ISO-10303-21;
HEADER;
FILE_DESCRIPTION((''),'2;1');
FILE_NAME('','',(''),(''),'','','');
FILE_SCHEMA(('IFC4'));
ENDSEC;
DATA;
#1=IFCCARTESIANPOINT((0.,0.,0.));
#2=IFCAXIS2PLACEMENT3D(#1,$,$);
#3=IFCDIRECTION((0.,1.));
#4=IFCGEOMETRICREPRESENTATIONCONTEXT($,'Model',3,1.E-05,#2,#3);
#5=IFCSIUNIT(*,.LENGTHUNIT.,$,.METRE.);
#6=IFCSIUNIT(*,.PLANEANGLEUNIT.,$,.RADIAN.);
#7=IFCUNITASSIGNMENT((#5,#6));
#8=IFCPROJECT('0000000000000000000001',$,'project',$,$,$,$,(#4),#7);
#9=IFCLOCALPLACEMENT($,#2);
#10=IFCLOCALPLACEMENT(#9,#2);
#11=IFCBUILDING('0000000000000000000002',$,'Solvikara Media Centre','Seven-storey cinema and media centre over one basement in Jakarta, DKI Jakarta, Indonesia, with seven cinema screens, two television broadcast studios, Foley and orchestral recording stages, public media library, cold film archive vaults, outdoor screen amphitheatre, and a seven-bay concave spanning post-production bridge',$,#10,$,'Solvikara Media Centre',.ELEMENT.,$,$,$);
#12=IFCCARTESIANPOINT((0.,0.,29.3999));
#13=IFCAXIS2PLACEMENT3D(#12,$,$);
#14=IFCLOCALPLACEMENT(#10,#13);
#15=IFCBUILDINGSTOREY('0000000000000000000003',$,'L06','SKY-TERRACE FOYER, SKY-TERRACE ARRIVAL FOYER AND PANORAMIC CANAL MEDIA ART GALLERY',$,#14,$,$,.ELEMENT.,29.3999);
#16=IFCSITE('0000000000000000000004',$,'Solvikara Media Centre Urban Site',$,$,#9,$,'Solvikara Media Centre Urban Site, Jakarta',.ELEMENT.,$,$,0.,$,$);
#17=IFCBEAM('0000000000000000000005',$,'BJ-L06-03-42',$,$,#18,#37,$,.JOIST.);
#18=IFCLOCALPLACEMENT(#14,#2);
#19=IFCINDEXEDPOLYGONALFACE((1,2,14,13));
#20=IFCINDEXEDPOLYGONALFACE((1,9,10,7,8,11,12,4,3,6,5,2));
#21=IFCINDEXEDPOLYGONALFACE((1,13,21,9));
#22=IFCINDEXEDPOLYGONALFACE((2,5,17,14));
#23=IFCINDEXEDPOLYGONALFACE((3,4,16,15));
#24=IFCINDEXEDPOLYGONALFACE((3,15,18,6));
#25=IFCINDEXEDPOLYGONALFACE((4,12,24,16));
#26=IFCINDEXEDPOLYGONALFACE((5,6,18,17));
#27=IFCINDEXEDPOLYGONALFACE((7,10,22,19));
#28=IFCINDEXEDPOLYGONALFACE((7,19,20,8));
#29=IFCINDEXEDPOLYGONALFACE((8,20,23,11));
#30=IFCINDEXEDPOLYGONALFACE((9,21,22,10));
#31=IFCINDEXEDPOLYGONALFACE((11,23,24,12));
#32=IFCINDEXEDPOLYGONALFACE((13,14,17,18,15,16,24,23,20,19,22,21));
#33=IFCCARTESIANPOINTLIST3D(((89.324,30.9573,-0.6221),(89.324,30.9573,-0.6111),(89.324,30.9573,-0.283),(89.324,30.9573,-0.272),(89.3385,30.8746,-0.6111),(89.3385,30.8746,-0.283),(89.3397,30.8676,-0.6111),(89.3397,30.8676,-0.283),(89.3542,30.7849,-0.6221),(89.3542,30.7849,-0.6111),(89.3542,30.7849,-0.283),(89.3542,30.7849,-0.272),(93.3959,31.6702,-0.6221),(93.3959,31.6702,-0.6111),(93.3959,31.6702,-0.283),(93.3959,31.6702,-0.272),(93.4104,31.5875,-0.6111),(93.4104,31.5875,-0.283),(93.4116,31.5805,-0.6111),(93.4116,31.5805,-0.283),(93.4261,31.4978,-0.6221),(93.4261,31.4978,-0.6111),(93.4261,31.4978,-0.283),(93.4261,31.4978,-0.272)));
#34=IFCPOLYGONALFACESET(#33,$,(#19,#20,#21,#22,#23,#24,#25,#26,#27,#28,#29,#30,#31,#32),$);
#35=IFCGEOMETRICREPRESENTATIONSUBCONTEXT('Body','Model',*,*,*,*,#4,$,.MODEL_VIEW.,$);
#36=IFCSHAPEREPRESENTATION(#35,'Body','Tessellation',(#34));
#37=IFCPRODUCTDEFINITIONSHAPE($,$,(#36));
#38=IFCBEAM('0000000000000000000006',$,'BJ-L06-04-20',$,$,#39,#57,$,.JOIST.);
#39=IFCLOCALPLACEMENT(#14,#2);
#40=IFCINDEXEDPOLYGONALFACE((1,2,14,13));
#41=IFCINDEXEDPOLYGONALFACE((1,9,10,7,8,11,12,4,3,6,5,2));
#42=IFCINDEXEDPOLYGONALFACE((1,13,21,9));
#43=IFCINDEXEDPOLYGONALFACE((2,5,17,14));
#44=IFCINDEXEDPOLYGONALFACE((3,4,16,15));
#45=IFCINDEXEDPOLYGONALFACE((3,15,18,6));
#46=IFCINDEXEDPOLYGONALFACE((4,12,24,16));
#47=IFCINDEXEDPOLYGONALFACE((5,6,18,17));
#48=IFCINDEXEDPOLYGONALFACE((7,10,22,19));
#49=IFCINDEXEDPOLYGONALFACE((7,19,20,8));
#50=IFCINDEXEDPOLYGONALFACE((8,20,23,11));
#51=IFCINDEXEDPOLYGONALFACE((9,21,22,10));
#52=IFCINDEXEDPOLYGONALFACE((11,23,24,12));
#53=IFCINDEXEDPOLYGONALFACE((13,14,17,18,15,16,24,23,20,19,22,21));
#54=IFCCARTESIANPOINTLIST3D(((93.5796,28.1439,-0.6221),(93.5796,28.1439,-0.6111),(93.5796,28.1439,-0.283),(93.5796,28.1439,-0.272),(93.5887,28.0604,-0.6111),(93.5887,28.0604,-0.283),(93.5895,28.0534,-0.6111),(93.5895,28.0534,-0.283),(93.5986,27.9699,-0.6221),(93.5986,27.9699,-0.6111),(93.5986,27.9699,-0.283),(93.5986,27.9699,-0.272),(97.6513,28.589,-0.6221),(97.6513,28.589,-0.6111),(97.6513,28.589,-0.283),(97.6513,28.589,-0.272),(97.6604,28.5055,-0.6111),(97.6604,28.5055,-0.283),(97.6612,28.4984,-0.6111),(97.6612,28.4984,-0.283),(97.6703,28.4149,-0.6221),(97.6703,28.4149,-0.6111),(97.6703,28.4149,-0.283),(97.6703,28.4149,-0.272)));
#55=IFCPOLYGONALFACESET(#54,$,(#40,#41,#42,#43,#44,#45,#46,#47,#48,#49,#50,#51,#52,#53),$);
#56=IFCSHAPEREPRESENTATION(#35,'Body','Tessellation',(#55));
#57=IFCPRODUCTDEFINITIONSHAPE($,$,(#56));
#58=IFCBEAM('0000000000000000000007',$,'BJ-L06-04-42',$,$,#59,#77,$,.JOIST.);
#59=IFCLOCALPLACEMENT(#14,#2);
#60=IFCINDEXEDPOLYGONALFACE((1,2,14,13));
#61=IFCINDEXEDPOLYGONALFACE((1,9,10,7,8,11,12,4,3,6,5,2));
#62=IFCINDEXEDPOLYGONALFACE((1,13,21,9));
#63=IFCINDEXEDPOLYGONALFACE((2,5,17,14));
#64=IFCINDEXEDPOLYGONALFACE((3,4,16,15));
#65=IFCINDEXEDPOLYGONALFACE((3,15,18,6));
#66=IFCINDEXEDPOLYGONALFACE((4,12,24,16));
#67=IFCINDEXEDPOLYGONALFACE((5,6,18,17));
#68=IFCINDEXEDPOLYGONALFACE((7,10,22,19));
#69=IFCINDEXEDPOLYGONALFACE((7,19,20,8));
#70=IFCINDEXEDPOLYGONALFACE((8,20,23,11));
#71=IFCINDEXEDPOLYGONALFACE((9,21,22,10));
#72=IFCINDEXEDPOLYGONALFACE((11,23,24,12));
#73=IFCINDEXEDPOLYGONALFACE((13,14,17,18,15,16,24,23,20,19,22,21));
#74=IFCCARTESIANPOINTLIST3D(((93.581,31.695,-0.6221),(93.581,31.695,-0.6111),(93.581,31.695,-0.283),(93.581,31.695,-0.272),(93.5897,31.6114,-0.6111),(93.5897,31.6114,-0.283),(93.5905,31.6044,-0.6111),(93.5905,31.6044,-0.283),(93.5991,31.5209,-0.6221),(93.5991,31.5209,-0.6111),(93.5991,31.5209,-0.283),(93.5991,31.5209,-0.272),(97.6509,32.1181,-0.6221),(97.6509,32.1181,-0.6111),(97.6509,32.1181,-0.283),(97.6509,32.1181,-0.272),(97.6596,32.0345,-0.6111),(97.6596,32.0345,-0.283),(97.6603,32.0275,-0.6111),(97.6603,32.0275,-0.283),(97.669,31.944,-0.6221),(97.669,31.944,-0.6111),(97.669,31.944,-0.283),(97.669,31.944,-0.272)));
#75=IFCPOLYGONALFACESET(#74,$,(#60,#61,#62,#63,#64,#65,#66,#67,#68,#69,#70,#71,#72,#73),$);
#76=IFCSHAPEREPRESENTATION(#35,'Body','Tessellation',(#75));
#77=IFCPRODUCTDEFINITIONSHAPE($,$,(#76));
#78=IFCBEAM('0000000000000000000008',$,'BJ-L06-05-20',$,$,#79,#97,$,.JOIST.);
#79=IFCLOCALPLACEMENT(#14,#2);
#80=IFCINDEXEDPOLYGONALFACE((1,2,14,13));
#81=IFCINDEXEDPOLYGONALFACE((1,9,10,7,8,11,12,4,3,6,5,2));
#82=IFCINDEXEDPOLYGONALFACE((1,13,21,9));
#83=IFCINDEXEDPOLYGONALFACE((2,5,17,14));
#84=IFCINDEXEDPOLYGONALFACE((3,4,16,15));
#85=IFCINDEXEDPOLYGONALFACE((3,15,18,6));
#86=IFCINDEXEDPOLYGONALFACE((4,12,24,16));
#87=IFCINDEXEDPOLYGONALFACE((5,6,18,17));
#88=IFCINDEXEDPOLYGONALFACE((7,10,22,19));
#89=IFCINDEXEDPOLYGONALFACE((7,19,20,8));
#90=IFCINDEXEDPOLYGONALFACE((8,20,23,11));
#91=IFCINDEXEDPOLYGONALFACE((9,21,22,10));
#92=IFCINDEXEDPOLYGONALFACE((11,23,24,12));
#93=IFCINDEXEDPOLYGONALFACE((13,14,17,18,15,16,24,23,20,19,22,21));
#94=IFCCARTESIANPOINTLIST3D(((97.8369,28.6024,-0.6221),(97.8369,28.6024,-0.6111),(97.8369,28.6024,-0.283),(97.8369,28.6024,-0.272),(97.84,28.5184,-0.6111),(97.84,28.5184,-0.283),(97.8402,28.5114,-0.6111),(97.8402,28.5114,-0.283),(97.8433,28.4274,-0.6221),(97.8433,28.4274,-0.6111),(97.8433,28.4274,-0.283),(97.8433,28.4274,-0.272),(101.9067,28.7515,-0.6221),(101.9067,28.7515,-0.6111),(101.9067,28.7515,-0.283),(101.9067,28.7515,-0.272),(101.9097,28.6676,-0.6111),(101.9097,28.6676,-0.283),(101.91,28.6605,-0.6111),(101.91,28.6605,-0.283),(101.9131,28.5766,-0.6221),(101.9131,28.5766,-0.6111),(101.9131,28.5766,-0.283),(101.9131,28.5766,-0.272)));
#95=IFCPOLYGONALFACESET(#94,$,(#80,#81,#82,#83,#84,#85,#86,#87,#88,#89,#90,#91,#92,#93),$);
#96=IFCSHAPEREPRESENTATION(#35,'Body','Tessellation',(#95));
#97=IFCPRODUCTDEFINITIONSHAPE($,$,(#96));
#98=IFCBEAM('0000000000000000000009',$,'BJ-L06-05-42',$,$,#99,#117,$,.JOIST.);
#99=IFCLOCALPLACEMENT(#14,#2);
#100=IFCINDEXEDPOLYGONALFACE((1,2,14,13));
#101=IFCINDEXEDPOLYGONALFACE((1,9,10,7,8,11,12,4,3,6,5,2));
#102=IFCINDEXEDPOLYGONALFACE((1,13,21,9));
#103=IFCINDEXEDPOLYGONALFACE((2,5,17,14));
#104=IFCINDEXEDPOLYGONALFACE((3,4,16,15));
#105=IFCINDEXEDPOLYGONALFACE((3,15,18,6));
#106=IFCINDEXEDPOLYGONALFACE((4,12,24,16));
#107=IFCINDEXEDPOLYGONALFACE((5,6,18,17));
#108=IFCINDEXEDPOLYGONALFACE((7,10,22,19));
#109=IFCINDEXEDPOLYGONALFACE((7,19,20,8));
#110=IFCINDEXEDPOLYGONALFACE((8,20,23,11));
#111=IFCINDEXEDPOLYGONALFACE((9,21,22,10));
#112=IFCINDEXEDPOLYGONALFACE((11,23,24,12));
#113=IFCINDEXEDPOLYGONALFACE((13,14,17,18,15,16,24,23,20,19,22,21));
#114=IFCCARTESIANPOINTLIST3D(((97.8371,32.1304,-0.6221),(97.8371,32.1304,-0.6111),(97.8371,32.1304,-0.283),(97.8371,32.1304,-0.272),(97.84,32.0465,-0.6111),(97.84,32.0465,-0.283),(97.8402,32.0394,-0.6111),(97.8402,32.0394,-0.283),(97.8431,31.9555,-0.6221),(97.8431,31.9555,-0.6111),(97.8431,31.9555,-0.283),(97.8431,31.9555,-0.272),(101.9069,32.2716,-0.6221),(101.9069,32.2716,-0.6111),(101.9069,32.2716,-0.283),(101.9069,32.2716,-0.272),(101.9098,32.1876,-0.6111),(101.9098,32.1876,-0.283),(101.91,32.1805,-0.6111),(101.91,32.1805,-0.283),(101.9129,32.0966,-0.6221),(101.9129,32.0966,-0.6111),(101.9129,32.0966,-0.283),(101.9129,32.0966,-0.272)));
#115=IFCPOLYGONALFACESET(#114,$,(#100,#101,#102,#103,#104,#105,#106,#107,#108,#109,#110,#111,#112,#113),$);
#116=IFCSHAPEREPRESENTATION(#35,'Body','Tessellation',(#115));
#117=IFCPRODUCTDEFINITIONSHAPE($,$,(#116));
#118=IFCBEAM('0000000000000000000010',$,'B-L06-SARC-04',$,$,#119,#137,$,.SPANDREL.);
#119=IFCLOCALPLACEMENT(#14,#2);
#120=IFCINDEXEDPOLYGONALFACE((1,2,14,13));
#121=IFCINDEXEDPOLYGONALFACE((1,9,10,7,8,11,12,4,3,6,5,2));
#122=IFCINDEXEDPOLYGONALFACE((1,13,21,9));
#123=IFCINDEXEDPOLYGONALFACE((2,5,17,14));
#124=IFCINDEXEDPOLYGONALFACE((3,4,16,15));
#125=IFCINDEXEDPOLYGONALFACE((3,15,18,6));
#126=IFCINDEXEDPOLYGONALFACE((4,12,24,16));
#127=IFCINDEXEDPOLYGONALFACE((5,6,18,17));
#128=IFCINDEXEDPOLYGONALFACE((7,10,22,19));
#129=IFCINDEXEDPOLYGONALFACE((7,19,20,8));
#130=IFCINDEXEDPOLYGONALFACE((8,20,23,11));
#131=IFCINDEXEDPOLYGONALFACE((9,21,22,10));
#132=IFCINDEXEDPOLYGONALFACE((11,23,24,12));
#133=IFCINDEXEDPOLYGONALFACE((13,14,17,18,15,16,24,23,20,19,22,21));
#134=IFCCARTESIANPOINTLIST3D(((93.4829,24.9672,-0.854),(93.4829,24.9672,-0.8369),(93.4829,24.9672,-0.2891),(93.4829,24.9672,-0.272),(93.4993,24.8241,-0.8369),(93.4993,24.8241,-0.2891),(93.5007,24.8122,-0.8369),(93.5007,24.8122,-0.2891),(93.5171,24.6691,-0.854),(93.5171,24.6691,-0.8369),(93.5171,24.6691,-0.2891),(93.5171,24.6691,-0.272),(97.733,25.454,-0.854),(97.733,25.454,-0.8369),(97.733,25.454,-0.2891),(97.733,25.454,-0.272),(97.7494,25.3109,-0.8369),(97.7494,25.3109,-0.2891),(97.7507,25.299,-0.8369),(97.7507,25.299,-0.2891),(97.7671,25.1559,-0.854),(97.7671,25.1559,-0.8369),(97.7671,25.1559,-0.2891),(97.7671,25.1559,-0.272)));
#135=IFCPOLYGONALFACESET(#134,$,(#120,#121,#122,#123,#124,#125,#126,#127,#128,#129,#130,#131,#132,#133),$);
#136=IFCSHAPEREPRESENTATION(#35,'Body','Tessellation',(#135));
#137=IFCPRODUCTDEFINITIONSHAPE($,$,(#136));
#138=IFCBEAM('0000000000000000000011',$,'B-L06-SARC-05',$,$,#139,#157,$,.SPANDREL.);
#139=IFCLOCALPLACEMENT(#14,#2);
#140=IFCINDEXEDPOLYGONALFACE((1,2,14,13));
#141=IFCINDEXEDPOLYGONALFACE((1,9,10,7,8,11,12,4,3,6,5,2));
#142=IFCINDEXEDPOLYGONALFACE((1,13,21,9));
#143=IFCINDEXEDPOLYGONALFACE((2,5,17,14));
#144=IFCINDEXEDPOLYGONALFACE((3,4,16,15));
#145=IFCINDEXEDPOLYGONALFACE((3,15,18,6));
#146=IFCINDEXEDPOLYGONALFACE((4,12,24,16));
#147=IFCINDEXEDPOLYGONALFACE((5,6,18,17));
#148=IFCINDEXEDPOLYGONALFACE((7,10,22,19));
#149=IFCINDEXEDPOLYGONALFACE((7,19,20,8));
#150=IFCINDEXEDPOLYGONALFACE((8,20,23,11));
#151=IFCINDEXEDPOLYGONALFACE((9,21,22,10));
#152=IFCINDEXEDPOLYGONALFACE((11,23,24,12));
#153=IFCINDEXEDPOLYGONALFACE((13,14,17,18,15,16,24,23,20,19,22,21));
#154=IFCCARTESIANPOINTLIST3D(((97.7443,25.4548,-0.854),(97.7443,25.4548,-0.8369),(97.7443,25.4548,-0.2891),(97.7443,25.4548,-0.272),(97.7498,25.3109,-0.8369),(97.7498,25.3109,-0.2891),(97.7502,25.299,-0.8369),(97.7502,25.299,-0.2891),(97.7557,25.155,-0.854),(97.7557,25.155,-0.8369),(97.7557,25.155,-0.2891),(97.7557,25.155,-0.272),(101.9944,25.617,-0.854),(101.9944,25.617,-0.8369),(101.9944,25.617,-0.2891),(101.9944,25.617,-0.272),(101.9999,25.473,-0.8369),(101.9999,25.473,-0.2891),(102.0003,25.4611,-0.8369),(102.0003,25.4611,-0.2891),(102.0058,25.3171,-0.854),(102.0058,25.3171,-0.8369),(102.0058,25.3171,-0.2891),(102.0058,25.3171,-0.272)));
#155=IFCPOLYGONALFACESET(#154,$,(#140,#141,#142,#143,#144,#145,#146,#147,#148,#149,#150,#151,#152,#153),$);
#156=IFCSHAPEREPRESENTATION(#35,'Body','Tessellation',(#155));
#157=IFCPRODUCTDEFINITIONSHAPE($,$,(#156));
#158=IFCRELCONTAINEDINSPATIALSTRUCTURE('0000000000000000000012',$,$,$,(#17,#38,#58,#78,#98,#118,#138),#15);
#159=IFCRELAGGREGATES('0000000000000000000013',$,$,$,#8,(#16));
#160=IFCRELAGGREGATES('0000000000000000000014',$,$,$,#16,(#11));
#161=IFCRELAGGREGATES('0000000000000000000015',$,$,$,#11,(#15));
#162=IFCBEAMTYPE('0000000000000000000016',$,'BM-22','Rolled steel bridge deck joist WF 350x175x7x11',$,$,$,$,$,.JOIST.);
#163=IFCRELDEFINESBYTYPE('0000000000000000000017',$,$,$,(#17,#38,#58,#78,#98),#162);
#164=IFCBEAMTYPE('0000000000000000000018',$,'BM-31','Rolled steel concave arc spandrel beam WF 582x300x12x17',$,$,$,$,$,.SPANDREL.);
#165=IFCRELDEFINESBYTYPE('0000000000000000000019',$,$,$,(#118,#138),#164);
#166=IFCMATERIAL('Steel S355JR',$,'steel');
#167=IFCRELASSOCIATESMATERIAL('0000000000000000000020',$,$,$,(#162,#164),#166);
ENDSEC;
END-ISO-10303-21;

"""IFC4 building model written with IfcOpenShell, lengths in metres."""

from ifc_helpers import new_model, si_unit, direction, frame, origin, origin_2d, place, context, subcontext, project, spatial, i_section, extrude, material, material_profile, profile_set, type_object, element, save


model = new_model("IFC4")

# Units and contexts
model_context = context("Model", 3, precision=1e-05, world=origin(), true_north=direction((0.0, 1.0)))
body_context = subcontext(model_context, "Body", "Model", "MODEL_VIEW")
ifc_project = project(units=[si_unit("LENGTHUNIT", "METRE"), si_unit("PLANEANGLEUNIT", "RADIAN")], contexts=[model_context])

# Site, building, storey
site_placement = place(None, origin())
site = spatial("IfcSite", under=ifc_project, at=site_placement, Name="Solvikara Media Centre Urban Site", LongName="Solvikara Media Centre Urban Site, Jakarta", CompositionType="ELEMENT", RefElevation=0.0)
building_placement = place(site_placement, origin())
building = spatial("IfcBuilding", under=site, at=building_placement, Name="Solvikara Media Centre", Description="Seven-storey cinema and media centre over one basement in Jakarta, DKI Jakarta, Indonesia, with seven cinema screens, two television broadcast studios, Foley and orchestral recording stages, public media library, cold film archive vaults, outdoor screen amphitheatre, and a seven-bay concave spanning post-production bridge", LongName="Solvikara Media Centre", CompositionType="ELEMENT")
storey_placement = place(building_placement, frame((0.0, 0.0, 29.3999)))
storey = spatial("IfcBuildingStorey", under=building, at=storey_placement, Name="L06", Description="SKY-TERRACE FOYER, SKY-TERRACE ARRIVAL FOYER AND PANORAMIC CANAL MEDIA ART GALLERY", CompositionType="ELEMENT", Elevation=29.3999)

# Beams
ifc_material_1 = material(Name="Steel S355JR", Category="steel")
ifc_material_profile_1 = material_profile(ifc_material_1, i_section(OverallWidth=0.175, OverallDepth=0.3501, WebThickness=0.0071, FlangeThickness=0.011, at=origin_2d()), Name="WF 350x175x7x11")
ifc_profile_set_1 = profile_set([ifc_material_profile_1], Name="Steel S355JR")
beam_type_1 = type_object("IfcBeamType", Name="BM-22", Description="Rolled steel bridge deck joist WF 350x175x7x11", PredefinedType="JOIST", material=ifc_profile_set_1)
beam_1_placement = place(storey_placement, frame((89.3391, 30.8711, -0.447), z_axis=(0.985017, 0.172458, 0.0), x_axis=(-0.172458, 0.985017, 0.0)))
element("IfcBeam", 1, at=beam_1_placement, inside=storey, type_object=beam_type_1, Name="BJ-L06-03-42", PredefinedType="JOIST", context=body_context, shape_type="SweptSolid", body=[
    extrude(i_section(OverallWidth=0.175, OverallDepth=0.3501, WebThickness=0.0071, FlangeThickness=0.011, at=origin_2d()), origin(), (0.0, 0.0, 1.0), 4.1338),
])
beam_2_placement = place(storey_placement, frame((93.5891, 28.0569, -0.447), z_axis=(0.994079, 0.108658, 0.0), x_axis=(-0.108658, 0.994079, 0.0)))
element("IfcBeam", 2, at=beam_2_placement, inside=storey, type_object=beam_type_1, Name="BJ-L06-04-20", PredefinedType="JOIST", context=body_context, shape_type="SweptSolid", body=[
    extrude(i_section(OverallWidth=0.175, OverallDepth=0.3501, WebThickness=0.0071, FlangeThickness=0.011, at=origin_2d()), origin(), (0.0, 0.0, 1.0), 4.0959),
])
beam_3_placement = place(storey_placement, frame((93.5901, 31.6079, -0.447), z_axis=(0.99464, 0.103402, 0.0), x_axis=(-0.103402, 0.99464, 0.0)))
element("IfcBeam", 3, at=beam_3_placement, inside=storey, type_object=beam_type_1, Name="BJ-L06-04-42", PredefinedType="JOIST", context=body_context, shape_type="SweptSolid", body=[
    extrude(i_section(OverallWidth=0.175, OverallDepth=0.3501, WebThickness=0.0071, FlangeThickness=0.011, at=origin_2d()), origin(), (0.0, 0.0, 1.0), 4.0918),
])
beam_4_placement = place(storey_placement, frame((97.8401, 28.5149, -0.447), z_axis=(0.999329, 0.036628, 0.0), x_axis=(-0.036628, 0.999329, 0.0)))
element("IfcBeam", 4, at=beam_4_placement, inside=storey, type_object=beam_type_1, Name="BJ-L06-05-20", PredefinedType="JOIST", context=body_context, shape_type="SweptSolid", body=[
    extrude(i_section(OverallWidth=0.175, OverallDepth=0.3501, WebThickness=0.0071, FlangeThickness=0.011, at=origin_2d()), origin(), (0.0, 0.0, 1.0), 4.0725),
])
beam_5_placement = place(storey_placement, frame((97.8401, 32.043, -0.447), z_axis=(0.999399, 0.034652, 0.0), x_axis=(-0.034652, 0.999399, 0.0)))
element("IfcBeam", 5, at=beam_5_placement, inside=storey, type_object=beam_type_1, Name="BJ-L06-05-42", PredefinedType="JOIST", context=body_context, shape_type="SweptSolid", body=[
    extrude(i_section(OverallWidth=0.175, OverallDepth=0.3501, WebThickness=0.0071, FlangeThickness=0.011, at=origin_2d()), origin(), (0.0, 0.0, 1.0), 4.0723),
])
ifc_material_profile_2 = material_profile(ifc_material_1, i_section(OverallWidth=0.3, OverallDepth=0.582, WebThickness=0.012, FlangeThickness=0.0171, at=origin_2d()), Name="WF 582x300x12x17")
ifc_profile_set_2 = profile_set([ifc_material_profile_2], Name="Steel S355JR")
beam_type_2 = type_object("IfcBeamType", Name="BM-31", Description="Rolled steel concave arc spandrel beam WF 582x300x12x17", PredefinedType="SPANDREL", material=ifc_profile_set_2)
beam_6_placement = place(storey_placement, frame((93.5, 24.8181, -0.563), z_axis=(0.993504, 0.113801, 0.0), x_axis=(-0.113801, 0.993504, 0.0)))
element("IfcBeam", 6, at=beam_6_placement, inside=storey, type_object=beam_type_2, Name="B-L06-SARC-04", PredefinedType="SPANDREL", context=body_context, shape_type="SweptSolid", body=[
    extrude(i_section(OverallWidth=0.3, OverallDepth=0.582, WebThickness=0.012, FlangeThickness=0.0171, at=origin_2d()), origin(), (0.0, 0.0, 1.0), 4.2778),
])
beam_7_placement = place(storey_placement, frame((97.75, 25.3049, -0.563), z_axis=(0.999273, 0.038116, 0.0), x_axis=(-0.038116, 0.999273, 0.0)))
element("IfcBeam", 7, at=beam_7_placement, inside=storey, type_object=beam_type_2, Name="B-L06-SARC-05", PredefinedType="SPANDREL", context=body_context, shape_type="SweptSolid", body=[
    extrude(i_section(OverallWidth=0.3, OverallDepth=0.582, WebThickness=0.012, FlangeThickness=0.0171, at=origin_2d()), origin(), (0.0, 0.0, 1.0), 4.2532),
])

save(model, "model.ifc")
